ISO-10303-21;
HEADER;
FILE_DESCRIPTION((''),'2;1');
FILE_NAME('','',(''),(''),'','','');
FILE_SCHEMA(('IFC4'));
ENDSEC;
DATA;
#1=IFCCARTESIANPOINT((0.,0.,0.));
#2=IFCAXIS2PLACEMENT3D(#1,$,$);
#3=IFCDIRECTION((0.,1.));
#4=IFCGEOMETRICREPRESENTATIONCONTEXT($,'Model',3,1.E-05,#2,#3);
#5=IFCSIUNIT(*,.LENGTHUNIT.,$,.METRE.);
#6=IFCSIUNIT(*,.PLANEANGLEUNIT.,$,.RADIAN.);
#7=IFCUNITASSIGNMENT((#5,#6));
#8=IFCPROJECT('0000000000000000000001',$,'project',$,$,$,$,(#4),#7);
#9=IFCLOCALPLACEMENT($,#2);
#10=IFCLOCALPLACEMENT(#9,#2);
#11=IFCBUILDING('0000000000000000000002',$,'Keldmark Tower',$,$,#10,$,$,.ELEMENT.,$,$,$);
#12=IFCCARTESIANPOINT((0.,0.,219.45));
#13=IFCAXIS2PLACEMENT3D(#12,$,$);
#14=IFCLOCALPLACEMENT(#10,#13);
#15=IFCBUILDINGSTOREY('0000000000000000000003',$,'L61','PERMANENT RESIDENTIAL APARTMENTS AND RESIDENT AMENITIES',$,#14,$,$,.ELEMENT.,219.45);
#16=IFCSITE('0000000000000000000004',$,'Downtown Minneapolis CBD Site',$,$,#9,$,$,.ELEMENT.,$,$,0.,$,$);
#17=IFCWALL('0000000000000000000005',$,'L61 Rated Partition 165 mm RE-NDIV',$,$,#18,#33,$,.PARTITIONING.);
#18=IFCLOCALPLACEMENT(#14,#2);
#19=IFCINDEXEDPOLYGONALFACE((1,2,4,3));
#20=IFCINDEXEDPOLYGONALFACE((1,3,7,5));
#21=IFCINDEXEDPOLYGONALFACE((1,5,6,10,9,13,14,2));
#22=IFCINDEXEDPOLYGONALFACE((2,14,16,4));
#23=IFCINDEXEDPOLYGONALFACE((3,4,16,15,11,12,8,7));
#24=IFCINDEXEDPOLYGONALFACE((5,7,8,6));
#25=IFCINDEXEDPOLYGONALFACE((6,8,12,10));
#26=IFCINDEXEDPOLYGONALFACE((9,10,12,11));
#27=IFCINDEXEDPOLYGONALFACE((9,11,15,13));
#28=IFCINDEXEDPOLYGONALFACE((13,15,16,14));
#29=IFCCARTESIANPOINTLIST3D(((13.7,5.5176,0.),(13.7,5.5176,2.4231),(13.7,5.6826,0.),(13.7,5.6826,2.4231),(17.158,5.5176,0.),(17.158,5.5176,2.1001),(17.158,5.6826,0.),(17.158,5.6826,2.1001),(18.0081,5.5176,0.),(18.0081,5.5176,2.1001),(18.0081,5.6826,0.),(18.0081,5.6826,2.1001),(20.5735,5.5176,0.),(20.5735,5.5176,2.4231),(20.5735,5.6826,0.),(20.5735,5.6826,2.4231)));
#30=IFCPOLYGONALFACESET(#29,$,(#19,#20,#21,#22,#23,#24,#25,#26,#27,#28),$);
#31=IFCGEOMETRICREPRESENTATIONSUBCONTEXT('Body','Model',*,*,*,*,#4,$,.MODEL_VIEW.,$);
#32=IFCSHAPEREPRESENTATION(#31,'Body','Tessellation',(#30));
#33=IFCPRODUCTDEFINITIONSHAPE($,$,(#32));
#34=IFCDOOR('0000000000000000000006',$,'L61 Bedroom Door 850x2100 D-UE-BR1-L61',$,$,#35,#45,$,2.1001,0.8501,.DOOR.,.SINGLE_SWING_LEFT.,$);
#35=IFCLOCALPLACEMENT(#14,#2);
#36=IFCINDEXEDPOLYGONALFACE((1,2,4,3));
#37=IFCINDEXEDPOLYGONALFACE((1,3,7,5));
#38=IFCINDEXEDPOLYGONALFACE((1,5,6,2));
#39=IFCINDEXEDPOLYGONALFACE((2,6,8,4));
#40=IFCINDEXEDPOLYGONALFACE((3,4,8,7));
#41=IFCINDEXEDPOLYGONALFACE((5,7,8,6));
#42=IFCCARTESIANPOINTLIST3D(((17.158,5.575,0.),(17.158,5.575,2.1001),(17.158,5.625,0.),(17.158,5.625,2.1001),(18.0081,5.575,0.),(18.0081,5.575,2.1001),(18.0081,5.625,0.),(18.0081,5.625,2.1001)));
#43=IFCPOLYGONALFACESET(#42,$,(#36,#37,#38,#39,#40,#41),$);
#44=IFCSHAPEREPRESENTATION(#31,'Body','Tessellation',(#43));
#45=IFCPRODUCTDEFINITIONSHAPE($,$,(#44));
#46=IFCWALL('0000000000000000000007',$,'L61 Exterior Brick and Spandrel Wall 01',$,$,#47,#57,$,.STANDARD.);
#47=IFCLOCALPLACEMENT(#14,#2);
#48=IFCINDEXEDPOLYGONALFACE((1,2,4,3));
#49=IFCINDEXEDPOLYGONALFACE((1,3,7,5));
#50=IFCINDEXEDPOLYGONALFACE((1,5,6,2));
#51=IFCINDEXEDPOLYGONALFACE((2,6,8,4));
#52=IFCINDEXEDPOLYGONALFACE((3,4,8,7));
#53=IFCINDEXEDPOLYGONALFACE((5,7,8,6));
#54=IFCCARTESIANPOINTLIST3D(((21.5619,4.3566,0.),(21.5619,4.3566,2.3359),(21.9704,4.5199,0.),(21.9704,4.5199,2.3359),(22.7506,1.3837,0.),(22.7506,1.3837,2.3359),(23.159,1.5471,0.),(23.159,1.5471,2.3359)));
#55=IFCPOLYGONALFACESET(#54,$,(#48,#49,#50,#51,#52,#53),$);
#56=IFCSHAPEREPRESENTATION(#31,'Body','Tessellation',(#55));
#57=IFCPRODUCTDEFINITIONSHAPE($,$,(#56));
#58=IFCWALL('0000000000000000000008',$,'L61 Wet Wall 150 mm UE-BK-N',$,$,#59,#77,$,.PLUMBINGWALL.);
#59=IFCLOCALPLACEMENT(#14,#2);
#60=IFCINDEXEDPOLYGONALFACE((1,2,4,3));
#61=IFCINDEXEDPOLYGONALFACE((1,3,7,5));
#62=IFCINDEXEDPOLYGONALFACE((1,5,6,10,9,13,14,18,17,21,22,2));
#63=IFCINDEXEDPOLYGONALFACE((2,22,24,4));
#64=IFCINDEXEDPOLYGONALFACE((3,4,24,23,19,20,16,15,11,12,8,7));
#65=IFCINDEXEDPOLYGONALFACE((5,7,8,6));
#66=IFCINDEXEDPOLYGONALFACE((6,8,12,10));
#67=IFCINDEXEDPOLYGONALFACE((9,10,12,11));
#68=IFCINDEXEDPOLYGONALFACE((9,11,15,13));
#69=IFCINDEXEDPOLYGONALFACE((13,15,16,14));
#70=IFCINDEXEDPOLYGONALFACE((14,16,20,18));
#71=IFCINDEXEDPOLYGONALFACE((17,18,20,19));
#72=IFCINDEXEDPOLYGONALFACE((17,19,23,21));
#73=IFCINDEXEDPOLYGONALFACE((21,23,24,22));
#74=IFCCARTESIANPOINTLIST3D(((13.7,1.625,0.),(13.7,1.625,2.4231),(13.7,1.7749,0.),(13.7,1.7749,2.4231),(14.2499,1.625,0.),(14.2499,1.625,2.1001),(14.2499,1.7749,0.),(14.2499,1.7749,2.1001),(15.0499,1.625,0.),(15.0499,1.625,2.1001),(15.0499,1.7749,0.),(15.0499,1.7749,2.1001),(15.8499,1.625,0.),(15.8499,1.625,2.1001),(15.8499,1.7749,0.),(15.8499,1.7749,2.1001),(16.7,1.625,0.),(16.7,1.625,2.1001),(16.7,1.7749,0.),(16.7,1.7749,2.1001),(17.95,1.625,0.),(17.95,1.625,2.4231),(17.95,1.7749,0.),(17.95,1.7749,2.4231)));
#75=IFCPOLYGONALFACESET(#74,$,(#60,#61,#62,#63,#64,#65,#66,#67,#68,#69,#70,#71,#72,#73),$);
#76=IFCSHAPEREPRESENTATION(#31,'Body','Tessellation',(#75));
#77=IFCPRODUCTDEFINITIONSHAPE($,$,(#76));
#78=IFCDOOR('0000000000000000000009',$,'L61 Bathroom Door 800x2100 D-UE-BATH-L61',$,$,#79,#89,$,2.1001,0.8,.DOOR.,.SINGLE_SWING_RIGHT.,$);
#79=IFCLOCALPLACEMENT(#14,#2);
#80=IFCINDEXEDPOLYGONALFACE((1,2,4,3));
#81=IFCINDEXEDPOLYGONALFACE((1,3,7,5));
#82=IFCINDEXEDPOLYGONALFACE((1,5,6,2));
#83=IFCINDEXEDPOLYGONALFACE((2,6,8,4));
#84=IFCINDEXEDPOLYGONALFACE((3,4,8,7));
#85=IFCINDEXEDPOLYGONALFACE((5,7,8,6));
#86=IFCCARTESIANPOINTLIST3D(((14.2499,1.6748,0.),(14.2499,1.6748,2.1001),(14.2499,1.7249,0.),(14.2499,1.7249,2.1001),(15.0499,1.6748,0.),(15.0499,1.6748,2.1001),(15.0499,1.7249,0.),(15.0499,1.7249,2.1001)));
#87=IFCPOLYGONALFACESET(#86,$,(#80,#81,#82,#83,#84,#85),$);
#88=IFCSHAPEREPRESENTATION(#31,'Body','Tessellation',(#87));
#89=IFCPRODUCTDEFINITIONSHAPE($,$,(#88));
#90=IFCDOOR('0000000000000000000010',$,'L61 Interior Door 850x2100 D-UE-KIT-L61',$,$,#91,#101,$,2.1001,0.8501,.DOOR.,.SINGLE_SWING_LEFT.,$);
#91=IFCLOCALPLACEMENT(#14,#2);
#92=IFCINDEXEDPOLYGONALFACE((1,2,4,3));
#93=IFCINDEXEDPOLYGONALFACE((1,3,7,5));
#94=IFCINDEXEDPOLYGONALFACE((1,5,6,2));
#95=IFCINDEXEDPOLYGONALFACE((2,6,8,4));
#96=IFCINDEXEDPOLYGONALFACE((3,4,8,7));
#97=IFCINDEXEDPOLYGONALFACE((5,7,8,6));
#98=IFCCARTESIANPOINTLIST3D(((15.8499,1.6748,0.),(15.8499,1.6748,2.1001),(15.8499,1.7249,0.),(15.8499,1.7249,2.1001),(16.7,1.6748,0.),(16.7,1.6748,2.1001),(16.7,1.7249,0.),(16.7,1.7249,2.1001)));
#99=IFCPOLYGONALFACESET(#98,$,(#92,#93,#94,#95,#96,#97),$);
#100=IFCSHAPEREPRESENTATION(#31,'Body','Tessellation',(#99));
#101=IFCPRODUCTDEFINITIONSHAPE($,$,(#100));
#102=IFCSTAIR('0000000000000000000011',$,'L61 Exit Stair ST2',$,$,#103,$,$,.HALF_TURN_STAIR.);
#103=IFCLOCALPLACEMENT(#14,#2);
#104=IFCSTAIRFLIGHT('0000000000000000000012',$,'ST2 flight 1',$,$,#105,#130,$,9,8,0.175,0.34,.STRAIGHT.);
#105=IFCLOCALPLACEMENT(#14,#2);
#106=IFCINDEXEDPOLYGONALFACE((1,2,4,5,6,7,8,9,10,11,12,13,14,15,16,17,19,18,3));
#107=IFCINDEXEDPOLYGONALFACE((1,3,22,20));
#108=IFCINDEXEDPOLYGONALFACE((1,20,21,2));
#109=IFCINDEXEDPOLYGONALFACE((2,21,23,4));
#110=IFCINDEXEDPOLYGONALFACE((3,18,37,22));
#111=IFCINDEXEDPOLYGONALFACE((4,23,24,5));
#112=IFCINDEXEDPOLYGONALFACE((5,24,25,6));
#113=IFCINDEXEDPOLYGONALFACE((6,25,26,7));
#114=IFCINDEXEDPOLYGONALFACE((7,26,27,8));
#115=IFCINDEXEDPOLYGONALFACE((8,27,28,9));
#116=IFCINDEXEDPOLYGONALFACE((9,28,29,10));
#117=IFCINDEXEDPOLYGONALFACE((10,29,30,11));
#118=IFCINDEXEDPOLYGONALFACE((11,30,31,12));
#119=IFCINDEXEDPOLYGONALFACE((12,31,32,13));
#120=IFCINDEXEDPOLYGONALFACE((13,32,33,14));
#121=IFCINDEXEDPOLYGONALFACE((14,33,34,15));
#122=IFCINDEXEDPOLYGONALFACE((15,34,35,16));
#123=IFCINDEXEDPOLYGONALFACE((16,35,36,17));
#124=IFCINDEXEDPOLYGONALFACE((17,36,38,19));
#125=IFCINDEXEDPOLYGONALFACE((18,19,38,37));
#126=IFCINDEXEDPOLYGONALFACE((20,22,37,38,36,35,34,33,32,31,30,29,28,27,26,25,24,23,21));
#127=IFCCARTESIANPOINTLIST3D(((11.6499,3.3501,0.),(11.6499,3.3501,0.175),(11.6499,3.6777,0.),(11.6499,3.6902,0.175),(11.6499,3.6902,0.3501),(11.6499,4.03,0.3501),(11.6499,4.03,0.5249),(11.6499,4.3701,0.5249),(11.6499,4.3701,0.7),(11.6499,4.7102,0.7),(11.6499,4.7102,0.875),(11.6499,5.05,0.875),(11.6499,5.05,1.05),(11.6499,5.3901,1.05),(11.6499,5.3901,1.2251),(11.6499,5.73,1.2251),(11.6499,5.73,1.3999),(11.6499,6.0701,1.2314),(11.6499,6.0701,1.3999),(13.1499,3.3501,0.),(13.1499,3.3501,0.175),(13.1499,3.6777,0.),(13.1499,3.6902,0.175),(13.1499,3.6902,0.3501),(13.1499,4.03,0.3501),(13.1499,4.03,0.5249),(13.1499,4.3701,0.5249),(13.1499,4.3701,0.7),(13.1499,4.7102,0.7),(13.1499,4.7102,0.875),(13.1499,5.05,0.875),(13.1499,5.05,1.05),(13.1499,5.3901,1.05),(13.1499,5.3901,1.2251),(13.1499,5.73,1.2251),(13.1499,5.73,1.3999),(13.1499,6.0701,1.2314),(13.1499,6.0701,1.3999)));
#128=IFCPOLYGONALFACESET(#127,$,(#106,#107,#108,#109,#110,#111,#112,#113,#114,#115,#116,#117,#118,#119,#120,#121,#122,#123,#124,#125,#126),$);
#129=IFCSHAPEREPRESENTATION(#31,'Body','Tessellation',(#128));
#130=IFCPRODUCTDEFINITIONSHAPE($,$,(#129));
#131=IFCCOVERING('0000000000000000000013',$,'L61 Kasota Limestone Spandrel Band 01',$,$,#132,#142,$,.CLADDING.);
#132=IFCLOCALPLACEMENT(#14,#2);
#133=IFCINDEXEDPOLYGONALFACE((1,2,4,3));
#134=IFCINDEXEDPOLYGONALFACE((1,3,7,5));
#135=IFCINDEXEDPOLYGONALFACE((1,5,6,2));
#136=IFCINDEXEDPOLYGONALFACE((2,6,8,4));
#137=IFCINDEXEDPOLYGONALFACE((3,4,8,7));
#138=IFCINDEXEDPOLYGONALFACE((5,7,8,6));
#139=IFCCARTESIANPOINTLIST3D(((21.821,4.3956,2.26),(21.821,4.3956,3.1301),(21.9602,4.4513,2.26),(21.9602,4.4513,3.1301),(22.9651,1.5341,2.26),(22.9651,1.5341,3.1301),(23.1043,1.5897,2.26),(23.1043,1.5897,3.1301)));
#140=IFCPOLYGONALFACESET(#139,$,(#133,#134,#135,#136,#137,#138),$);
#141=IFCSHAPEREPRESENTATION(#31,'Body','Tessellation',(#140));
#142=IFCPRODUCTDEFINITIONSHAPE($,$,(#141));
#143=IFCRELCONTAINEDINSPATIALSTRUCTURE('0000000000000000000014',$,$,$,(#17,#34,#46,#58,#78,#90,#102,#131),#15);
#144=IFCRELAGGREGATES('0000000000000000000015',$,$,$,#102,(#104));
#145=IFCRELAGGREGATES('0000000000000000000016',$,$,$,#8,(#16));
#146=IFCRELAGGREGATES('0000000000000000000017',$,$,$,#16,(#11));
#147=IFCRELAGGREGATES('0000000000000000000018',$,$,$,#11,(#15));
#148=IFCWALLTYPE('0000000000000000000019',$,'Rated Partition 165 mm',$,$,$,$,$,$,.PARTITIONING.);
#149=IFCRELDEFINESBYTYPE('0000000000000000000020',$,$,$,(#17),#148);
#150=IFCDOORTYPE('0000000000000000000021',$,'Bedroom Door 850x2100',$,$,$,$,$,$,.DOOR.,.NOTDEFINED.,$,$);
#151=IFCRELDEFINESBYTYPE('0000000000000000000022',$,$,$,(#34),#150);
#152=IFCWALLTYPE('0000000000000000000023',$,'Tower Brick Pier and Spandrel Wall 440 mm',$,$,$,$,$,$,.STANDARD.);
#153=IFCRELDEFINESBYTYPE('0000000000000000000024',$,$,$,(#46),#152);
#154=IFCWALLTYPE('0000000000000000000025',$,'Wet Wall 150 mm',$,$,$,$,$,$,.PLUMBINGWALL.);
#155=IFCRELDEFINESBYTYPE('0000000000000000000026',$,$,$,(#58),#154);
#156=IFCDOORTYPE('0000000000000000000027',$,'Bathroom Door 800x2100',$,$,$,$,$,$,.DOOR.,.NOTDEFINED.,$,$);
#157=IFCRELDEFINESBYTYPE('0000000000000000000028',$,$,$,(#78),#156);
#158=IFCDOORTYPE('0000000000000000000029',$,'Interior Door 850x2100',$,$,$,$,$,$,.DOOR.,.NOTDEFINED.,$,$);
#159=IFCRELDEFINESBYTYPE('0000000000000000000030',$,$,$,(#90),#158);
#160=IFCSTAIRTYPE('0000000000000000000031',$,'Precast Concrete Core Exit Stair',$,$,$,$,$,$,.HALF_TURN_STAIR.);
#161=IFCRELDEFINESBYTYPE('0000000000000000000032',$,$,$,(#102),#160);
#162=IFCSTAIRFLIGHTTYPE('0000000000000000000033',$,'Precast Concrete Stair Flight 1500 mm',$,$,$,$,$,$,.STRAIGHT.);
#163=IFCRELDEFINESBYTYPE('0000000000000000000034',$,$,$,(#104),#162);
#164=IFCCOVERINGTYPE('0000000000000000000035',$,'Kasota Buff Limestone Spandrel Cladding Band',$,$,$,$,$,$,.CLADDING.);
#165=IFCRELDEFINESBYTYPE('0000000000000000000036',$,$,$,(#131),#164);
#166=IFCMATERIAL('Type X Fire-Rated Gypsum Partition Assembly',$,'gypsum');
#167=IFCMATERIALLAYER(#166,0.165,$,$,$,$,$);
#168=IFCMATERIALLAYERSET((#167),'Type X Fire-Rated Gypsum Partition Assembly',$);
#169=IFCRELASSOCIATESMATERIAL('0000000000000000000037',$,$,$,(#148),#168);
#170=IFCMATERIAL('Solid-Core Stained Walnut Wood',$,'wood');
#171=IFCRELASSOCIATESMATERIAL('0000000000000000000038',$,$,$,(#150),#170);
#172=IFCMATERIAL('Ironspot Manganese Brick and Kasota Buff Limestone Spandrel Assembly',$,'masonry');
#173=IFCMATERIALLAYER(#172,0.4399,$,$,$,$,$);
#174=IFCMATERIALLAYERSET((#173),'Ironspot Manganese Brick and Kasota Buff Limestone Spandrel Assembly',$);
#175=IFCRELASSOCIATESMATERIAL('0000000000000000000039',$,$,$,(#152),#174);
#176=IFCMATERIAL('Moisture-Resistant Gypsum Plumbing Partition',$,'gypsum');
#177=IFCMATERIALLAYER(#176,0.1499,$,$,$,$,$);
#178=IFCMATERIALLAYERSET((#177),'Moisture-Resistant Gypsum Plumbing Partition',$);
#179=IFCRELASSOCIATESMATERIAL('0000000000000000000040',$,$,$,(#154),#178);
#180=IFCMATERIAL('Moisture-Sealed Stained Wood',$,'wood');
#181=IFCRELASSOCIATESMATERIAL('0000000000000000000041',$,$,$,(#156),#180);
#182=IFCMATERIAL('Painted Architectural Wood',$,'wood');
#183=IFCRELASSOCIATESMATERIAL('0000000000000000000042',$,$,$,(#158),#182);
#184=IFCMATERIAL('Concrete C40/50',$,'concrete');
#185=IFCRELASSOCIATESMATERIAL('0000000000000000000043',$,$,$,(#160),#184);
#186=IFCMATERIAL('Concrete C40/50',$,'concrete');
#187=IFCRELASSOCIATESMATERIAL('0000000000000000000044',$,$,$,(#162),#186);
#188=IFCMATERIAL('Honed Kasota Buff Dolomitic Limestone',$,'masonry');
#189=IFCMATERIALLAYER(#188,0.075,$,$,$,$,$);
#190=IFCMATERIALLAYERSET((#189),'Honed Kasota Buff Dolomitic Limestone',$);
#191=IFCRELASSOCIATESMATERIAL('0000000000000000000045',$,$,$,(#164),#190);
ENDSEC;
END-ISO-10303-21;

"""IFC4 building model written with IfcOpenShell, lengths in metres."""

from ifc_helpers import new_model, si_unit, direction, frame, frame_2d, origin, origin_2d, place, context, subcontext, project, spatial, polyline, rectangle, outline, extrude, material, layer, layer_set, type_object, element, fill, aggregate, save


model = new_model("IFC4")

# Units and contexts
model_context = context("Model", 3, precision=1e-05, world=origin(), true_north=direction((0.0, 1.0)))
body_context = subcontext(model_context, "Body", "Model", "MODEL_VIEW")
ifc_project = project(units=[si_unit("LENGTHUNIT", "METRE"), si_unit("PLANEANGLEUNIT", "RADIAN")], contexts=[model_context])

# Site, building, storey
site_placement = place(None, origin())
site = spatial("IfcSite", under=ifc_project, at=site_placement, Name="Downtown Minneapolis CBD Site", CompositionType="ELEMENT", RefElevation=0.0)
building_placement = place(site_placement, origin())
building = spatial("IfcBuilding", under=site, at=building_placement, Name="Keldmark Tower", CompositionType="ELEMENT")
storey_placement = place(building_placement, frame((0.0, 0.0, 219.45)))
storey = spatial("IfcBuildingStorey", under=building, at=storey_placement, Name="L61", Description="PERMANENT RESIDENTIAL APARTMENTS AND RESIDENT AMENITIES", CompositionType="ELEMENT", Elevation=219.45)

# Wall, opening, door
ifc_material_1 = material(Name="Type X Fire-Rated Gypsum Partition Assembly", Category="gypsum")
ifc_layer_1 = layer(ifc_material_1, 0.165)
ifc_layer_set_1 = layer_set([ifc_layer_1], Name="Type X Fire-Rated Gypsum Partition Assembly")
wall_type_1 = type_object("IfcWallType", Name="Rated Partition 165 mm", PredefinedType="PARTITIONING", material=ifc_layer_set_1)
wall_1_placement = place(storey_placement, frame((13.7, 5.6001, 0.0), z_axis=(0.0, 0.0, 1.0), x_axis=(1.0, 0.0, 0.0)))
wall_1 = element("IfcWall", 1, at=wall_1_placement, inside=storey, type_object=wall_type_1, Name="L61 Rated Partition 165 mm RE-NDIV", PredefinedType="PARTITIONING", context=body_context, shape_type="SweptSolid", body=[
    extrude(rectangle(XDim=6.8735, YDim=0.165, at=frame_2d((3.4368, 0.0))), origin(), (0.0, 0.0, 1.0), 2.4231),
])
opening_1_placement = place(wall_1_placement, frame((3.458, 0.0, 0.0)))
opening_1 = element("IfcOpeningElement", 2, at=opening_1_placement, cuts=wall_1, PredefinedType="OPENING", context=body_context, shape_type="SweptSolid", body=[
    extrude(rectangle(XDim=0.8501, YDim=2.1001, at=frame_2d((0.425, 1.05))), frame((0.0, 0.0925, 0.0), z_axis=(0.0, -1.0, 0.0), x_axis=(1.0, 0.0, 0.0)), (0.0, 0.0, 1.0), 0.1851),
])
ifc_material_2 = material(Name="Solid-Core Stained Walnut Wood", Category="wood")
door_type_1 = type_object("IfcDoorType", Name="Bedroom Door 850x2100", OperationType="NOTDEFINED", PredefinedType="DOOR", material=ifc_material_2)
door_1_placement = place(opening_1_placement, origin())
door_1 = element("IfcDoor", 3, at=door_1_placement, inside=storey, type_object=door_type_1, Name="L61 Bedroom Door 850x2100 D-UE-BR1-L61", OperationType="SINGLE_SWING_LEFT", OverallHeight=2.1001, OverallWidth=0.8501, PredefinedType="DOOR", context=body_context, shape_type="SweptSolid", body=[
    extrude(rectangle(XDim=0.8501, YDim=2.1001, at=frame_2d((0.425, 1.05))), frame((0.0, 0.0249, 0.0), z_axis=(0.0, -1.0, 0.0), x_axis=(1.0, 0.0, 0.0)), (0.0, 0.0, 1.0), 0.05),
])
fill(opening_1, door_1)

# Wall
ifc_material_3 = material(Name="Ironspot Manganese Brick and Kasota Buff Limestone Spandrel Assembly", Category="masonry")
ifc_layer_2 = layer(ifc_material_3, 0.4399)
ifc_layer_set_2 = layer_set([ifc_layer_2], Name="Ironspot Manganese Brick and Kasota Buff Limestone Spandrel Assembly")
wall_type_2 = type_object("IfcWallType", Name="Tower Brick Pier and Spandrel Wall 440 mm", PredefinedType="STANDARD", material=ifc_layer_set_2)
wall_2_placement = place(storey_placement, frame((21.7661, 4.4382, 0.0), z_axis=(0.0, 0.0, 1.0), x_axis=(0.371272, -0.928524, 0.0)))
element("IfcWall", 4, at=wall_2_placement, inside=storey, type_object=wall_type_2, Name="L61 Exterior Brick and Spandrel Wall 01", PredefinedType="STANDARD", context=body_context, shape_type="SweptSolid", body=[
    extrude(rectangle(XDim=3.2017, YDim=0.4399, at=frame_2d((1.6008, 0.0))), origin(), (0.0, 0.0, 1.0), 2.3359),
])

# Wall, openings, doors
ifc_material_4 = material(Name="Moisture-Resistant Gypsum Plumbing Partition", Category="gypsum")
ifc_layer_3 = layer(ifc_material_4, 0.1499)
ifc_layer_set_3 = layer_set([ifc_layer_3], Name="Moisture-Resistant Gypsum Plumbing Partition")
wall_type_3 = type_object("IfcWallType", Name="Wet Wall 150 mm", PredefinedType="PLUMBINGWALL", material=ifc_layer_set_3)
wall_3_placement = place(storey_placement, frame((13.7, 1.7, 0.0), z_axis=(0.0, 0.0, 1.0), x_axis=(1.0, 0.0, 0.0)))
wall_3 = element("IfcWall", 5, at=wall_3_placement, inside=storey, type_object=wall_type_3, Name="L61 Wet Wall 150 mm UE-BK-N", PredefinedType="PLUMBINGWALL", context=body_context, shape_type="SweptSolid", body=[
    extrude(rectangle(XDim=4.25, YDim=0.1499, at=frame_2d((2.125, 0.0))), origin(), (0.0, 0.0, 1.0), 2.4231),
])
opening_2_placement = place(wall_3_placement, frame((0.55, 0.0, 0.0)))
opening_2 = element("IfcOpeningElement", 6, at=opening_2_placement, cuts=wall_3, PredefinedType="OPENING", context=body_context, shape_type="SweptSolid", body=[
    extrude(rectangle(XDim=0.8, YDim=2.1001, at=frame_2d((0.3999, 1.05))), frame((0.0, 0.085, 0.0), z_axis=(0.0, -1.0, 0.0), x_axis=(1.0, 0.0, 0.0)), (0.0, 0.0, 1.0), 0.1699),
])
opening_3_placement = place(wall_3_placement, frame((2.1499, 0.0, 0.0)))
opening_3 = element("IfcOpeningElement", 7, at=opening_3_placement, cuts=wall_3, PredefinedType="OPENING", context=body_context, shape_type="SweptSolid", body=[
    extrude(rectangle(XDim=0.8501, YDim=2.1001, at=frame_2d((0.425, 1.05))), frame((0.0, 0.085, 0.0), z_axis=(0.0, -1.0, 0.0), x_axis=(1.0, 0.0, 0.0)), (0.0, 0.0, 1.0), 0.1699),
])
ifc_material_5 = material(Name="Moisture-Sealed Stained Wood", Category="wood")
door_type_2 = type_object("IfcDoorType", Name="Bathroom Door 800x2100", OperationType="NOTDEFINED", PredefinedType="DOOR", material=ifc_material_5)
door_2_placement = place(opening_2_placement, origin())
door_2 = element("IfcDoor", 8, at=door_2_placement, inside=storey, type_object=door_type_2, Name="L61 Bathroom Door 800x2100 D-UE-BATH-L61", OperationType="SINGLE_SWING_RIGHT", OverallHeight=2.1001, OverallWidth=0.8, PredefinedType="DOOR", context=body_context, shape_type="SweptSolid", body=[
    extrude(rectangle(XDim=0.8, YDim=2.1001, at=frame_2d((0.3999, 1.05))), frame((0.0, 0.0249, 0.0), z_axis=(0.0, -1.0, 0.0), x_axis=(1.0, 0.0, 0.0)), (0.0, 0.0, 1.0), 0.05),
])
fill(opening_2, door_2)
ifc_material_6 = material(Name="Painted Architectural Wood", Category="wood")
door_type_3 = type_object("IfcDoorType", Name="Interior Door 850x2100", OperationType="NOTDEFINED", PredefinedType="DOOR", material=ifc_material_6)
door_3_placement = place(opening_3_placement, origin())
door_3 = element("IfcDoor", 9, at=door_3_placement, inside=storey, type_object=door_type_3, Name="L61 Interior Door 850x2100 D-UE-KIT-L61", OperationType="SINGLE_SWING_LEFT", OverallHeight=2.1001, OverallWidth=0.8501, PredefinedType="DOOR", context=body_context, shape_type="SweptSolid", body=[
    extrude(rectangle(XDim=0.8501, YDim=2.1001, at=frame_2d((0.425, 1.05))), frame((0.0, 0.0249, 0.0), z_axis=(0.0, -1.0, 0.0), x_axis=(1.0, 0.0, 0.0)), (0.0, 0.0, 1.0), 0.05),
])
fill(opening_3, door_3)

# Stair, stair flight
ifc_material_7 = material(Name="Concrete C40/50", Category="concrete")
stair_type = type_object("IfcStairType", Name="Precast Concrete Core Exit Stair", PredefinedType="HALF_TURN_STAIR", material=ifc_material_7)
stair_placement = place(storey_placement, origin())
stair = element("IfcStair", 10, at=stair_placement, inside=storey, type_object=stair_type, Name="L61 Exit Stair ST2", PredefinedType="HALF_TURN_STAIR")
ifc_material_8 = material(Name="Concrete C40/50", Category="concrete")
stair_flight_type = type_object("IfcStairFlightType", Name="Precast Concrete Stair Flight 1500 mm", PredefinedType="STRAIGHT", material=ifc_material_8)
stair_flight_placement = place(storey_placement, frame((12.3999, 3.3501, 0.0), z_axis=(0.0, 0.0, 1.0), x_axis=(0.0, 1.0, 0.0)))
stair_flight = element("IfcStairFlight", 11, at=stair_flight_placement, type_object=stair_flight_type, Name="ST2 flight 1", NumberOfRisers=9, NumberOfTreads=8, PredefinedType="STRAIGHT", RiserHeight=0.175, TreadLength=0.34, context=body_context, shape_type="SweptSolid", body=[
    extrude(outline(polyline([(0.0, 0.0), (0.0, 0.175), (0.3401, 0.175), (0.3401, 0.3501), (0.6799, 0.3501), (0.6799, 0.5249), (1.02, 0.5249), (1.02, 0.7), (1.3601, 0.7), (1.3601, 0.875), (1.7, 0.875), (1.7, 1.05), (2.04, 1.05), (2.04, 1.2251), (2.3799, 1.2251), (2.3799, 1.3999), (2.72, 1.3999), (2.72, 1.575), (2.72, 1.2314), (0.3276, 0.0), (0.0, 0.0)])), frame((0.0, 0.75, 0.0), z_axis=(0.0, -1.0, 0.0), x_axis=(1.0, 0.0, 0.0)), (0.0, 0.0, 1.0), 1.5),
])
aggregate(stair, [stair_flight])

# Covering
ifc_material_9 = material(Name="Honed Kasota Buff Dolomitic Limestone", Category="masonry")
ifc_layer_4 = layer(ifc_material_9, 0.075)
ifc_layer_set_4 = layer_set([ifc_layer_4], Name="Honed Kasota Buff Dolomitic Limestone")
covering_type = type_object("IfcCoveringType", Name="Kasota Buff Limestone Spandrel Cladding Band", PredefinedType="CLADDING", material=ifc_layer_set_4)
covering_placement = place(storey_placement, frame((22.4626, 2.9927, 2.26), z_axis=(0.0, 0.0, 1.0), x_axis=(-0.371222, 0.928544, 0.0)))
element("IfcCovering", 12, at=covering_placement, inside=storey, type_object=covering_type, Name="L61 Kasota Limestone Spandrel Band 01", PredefinedType="CLADDING", context=body_context, shape_type="SweptSolid", body=[
    extrude(rectangle(XDim=3.0818, YDim=0.1499, at=origin_2d()), origin(), (0.0, 0.0, 1.0), 0.8701),
])

save(model, "model.ifc")
